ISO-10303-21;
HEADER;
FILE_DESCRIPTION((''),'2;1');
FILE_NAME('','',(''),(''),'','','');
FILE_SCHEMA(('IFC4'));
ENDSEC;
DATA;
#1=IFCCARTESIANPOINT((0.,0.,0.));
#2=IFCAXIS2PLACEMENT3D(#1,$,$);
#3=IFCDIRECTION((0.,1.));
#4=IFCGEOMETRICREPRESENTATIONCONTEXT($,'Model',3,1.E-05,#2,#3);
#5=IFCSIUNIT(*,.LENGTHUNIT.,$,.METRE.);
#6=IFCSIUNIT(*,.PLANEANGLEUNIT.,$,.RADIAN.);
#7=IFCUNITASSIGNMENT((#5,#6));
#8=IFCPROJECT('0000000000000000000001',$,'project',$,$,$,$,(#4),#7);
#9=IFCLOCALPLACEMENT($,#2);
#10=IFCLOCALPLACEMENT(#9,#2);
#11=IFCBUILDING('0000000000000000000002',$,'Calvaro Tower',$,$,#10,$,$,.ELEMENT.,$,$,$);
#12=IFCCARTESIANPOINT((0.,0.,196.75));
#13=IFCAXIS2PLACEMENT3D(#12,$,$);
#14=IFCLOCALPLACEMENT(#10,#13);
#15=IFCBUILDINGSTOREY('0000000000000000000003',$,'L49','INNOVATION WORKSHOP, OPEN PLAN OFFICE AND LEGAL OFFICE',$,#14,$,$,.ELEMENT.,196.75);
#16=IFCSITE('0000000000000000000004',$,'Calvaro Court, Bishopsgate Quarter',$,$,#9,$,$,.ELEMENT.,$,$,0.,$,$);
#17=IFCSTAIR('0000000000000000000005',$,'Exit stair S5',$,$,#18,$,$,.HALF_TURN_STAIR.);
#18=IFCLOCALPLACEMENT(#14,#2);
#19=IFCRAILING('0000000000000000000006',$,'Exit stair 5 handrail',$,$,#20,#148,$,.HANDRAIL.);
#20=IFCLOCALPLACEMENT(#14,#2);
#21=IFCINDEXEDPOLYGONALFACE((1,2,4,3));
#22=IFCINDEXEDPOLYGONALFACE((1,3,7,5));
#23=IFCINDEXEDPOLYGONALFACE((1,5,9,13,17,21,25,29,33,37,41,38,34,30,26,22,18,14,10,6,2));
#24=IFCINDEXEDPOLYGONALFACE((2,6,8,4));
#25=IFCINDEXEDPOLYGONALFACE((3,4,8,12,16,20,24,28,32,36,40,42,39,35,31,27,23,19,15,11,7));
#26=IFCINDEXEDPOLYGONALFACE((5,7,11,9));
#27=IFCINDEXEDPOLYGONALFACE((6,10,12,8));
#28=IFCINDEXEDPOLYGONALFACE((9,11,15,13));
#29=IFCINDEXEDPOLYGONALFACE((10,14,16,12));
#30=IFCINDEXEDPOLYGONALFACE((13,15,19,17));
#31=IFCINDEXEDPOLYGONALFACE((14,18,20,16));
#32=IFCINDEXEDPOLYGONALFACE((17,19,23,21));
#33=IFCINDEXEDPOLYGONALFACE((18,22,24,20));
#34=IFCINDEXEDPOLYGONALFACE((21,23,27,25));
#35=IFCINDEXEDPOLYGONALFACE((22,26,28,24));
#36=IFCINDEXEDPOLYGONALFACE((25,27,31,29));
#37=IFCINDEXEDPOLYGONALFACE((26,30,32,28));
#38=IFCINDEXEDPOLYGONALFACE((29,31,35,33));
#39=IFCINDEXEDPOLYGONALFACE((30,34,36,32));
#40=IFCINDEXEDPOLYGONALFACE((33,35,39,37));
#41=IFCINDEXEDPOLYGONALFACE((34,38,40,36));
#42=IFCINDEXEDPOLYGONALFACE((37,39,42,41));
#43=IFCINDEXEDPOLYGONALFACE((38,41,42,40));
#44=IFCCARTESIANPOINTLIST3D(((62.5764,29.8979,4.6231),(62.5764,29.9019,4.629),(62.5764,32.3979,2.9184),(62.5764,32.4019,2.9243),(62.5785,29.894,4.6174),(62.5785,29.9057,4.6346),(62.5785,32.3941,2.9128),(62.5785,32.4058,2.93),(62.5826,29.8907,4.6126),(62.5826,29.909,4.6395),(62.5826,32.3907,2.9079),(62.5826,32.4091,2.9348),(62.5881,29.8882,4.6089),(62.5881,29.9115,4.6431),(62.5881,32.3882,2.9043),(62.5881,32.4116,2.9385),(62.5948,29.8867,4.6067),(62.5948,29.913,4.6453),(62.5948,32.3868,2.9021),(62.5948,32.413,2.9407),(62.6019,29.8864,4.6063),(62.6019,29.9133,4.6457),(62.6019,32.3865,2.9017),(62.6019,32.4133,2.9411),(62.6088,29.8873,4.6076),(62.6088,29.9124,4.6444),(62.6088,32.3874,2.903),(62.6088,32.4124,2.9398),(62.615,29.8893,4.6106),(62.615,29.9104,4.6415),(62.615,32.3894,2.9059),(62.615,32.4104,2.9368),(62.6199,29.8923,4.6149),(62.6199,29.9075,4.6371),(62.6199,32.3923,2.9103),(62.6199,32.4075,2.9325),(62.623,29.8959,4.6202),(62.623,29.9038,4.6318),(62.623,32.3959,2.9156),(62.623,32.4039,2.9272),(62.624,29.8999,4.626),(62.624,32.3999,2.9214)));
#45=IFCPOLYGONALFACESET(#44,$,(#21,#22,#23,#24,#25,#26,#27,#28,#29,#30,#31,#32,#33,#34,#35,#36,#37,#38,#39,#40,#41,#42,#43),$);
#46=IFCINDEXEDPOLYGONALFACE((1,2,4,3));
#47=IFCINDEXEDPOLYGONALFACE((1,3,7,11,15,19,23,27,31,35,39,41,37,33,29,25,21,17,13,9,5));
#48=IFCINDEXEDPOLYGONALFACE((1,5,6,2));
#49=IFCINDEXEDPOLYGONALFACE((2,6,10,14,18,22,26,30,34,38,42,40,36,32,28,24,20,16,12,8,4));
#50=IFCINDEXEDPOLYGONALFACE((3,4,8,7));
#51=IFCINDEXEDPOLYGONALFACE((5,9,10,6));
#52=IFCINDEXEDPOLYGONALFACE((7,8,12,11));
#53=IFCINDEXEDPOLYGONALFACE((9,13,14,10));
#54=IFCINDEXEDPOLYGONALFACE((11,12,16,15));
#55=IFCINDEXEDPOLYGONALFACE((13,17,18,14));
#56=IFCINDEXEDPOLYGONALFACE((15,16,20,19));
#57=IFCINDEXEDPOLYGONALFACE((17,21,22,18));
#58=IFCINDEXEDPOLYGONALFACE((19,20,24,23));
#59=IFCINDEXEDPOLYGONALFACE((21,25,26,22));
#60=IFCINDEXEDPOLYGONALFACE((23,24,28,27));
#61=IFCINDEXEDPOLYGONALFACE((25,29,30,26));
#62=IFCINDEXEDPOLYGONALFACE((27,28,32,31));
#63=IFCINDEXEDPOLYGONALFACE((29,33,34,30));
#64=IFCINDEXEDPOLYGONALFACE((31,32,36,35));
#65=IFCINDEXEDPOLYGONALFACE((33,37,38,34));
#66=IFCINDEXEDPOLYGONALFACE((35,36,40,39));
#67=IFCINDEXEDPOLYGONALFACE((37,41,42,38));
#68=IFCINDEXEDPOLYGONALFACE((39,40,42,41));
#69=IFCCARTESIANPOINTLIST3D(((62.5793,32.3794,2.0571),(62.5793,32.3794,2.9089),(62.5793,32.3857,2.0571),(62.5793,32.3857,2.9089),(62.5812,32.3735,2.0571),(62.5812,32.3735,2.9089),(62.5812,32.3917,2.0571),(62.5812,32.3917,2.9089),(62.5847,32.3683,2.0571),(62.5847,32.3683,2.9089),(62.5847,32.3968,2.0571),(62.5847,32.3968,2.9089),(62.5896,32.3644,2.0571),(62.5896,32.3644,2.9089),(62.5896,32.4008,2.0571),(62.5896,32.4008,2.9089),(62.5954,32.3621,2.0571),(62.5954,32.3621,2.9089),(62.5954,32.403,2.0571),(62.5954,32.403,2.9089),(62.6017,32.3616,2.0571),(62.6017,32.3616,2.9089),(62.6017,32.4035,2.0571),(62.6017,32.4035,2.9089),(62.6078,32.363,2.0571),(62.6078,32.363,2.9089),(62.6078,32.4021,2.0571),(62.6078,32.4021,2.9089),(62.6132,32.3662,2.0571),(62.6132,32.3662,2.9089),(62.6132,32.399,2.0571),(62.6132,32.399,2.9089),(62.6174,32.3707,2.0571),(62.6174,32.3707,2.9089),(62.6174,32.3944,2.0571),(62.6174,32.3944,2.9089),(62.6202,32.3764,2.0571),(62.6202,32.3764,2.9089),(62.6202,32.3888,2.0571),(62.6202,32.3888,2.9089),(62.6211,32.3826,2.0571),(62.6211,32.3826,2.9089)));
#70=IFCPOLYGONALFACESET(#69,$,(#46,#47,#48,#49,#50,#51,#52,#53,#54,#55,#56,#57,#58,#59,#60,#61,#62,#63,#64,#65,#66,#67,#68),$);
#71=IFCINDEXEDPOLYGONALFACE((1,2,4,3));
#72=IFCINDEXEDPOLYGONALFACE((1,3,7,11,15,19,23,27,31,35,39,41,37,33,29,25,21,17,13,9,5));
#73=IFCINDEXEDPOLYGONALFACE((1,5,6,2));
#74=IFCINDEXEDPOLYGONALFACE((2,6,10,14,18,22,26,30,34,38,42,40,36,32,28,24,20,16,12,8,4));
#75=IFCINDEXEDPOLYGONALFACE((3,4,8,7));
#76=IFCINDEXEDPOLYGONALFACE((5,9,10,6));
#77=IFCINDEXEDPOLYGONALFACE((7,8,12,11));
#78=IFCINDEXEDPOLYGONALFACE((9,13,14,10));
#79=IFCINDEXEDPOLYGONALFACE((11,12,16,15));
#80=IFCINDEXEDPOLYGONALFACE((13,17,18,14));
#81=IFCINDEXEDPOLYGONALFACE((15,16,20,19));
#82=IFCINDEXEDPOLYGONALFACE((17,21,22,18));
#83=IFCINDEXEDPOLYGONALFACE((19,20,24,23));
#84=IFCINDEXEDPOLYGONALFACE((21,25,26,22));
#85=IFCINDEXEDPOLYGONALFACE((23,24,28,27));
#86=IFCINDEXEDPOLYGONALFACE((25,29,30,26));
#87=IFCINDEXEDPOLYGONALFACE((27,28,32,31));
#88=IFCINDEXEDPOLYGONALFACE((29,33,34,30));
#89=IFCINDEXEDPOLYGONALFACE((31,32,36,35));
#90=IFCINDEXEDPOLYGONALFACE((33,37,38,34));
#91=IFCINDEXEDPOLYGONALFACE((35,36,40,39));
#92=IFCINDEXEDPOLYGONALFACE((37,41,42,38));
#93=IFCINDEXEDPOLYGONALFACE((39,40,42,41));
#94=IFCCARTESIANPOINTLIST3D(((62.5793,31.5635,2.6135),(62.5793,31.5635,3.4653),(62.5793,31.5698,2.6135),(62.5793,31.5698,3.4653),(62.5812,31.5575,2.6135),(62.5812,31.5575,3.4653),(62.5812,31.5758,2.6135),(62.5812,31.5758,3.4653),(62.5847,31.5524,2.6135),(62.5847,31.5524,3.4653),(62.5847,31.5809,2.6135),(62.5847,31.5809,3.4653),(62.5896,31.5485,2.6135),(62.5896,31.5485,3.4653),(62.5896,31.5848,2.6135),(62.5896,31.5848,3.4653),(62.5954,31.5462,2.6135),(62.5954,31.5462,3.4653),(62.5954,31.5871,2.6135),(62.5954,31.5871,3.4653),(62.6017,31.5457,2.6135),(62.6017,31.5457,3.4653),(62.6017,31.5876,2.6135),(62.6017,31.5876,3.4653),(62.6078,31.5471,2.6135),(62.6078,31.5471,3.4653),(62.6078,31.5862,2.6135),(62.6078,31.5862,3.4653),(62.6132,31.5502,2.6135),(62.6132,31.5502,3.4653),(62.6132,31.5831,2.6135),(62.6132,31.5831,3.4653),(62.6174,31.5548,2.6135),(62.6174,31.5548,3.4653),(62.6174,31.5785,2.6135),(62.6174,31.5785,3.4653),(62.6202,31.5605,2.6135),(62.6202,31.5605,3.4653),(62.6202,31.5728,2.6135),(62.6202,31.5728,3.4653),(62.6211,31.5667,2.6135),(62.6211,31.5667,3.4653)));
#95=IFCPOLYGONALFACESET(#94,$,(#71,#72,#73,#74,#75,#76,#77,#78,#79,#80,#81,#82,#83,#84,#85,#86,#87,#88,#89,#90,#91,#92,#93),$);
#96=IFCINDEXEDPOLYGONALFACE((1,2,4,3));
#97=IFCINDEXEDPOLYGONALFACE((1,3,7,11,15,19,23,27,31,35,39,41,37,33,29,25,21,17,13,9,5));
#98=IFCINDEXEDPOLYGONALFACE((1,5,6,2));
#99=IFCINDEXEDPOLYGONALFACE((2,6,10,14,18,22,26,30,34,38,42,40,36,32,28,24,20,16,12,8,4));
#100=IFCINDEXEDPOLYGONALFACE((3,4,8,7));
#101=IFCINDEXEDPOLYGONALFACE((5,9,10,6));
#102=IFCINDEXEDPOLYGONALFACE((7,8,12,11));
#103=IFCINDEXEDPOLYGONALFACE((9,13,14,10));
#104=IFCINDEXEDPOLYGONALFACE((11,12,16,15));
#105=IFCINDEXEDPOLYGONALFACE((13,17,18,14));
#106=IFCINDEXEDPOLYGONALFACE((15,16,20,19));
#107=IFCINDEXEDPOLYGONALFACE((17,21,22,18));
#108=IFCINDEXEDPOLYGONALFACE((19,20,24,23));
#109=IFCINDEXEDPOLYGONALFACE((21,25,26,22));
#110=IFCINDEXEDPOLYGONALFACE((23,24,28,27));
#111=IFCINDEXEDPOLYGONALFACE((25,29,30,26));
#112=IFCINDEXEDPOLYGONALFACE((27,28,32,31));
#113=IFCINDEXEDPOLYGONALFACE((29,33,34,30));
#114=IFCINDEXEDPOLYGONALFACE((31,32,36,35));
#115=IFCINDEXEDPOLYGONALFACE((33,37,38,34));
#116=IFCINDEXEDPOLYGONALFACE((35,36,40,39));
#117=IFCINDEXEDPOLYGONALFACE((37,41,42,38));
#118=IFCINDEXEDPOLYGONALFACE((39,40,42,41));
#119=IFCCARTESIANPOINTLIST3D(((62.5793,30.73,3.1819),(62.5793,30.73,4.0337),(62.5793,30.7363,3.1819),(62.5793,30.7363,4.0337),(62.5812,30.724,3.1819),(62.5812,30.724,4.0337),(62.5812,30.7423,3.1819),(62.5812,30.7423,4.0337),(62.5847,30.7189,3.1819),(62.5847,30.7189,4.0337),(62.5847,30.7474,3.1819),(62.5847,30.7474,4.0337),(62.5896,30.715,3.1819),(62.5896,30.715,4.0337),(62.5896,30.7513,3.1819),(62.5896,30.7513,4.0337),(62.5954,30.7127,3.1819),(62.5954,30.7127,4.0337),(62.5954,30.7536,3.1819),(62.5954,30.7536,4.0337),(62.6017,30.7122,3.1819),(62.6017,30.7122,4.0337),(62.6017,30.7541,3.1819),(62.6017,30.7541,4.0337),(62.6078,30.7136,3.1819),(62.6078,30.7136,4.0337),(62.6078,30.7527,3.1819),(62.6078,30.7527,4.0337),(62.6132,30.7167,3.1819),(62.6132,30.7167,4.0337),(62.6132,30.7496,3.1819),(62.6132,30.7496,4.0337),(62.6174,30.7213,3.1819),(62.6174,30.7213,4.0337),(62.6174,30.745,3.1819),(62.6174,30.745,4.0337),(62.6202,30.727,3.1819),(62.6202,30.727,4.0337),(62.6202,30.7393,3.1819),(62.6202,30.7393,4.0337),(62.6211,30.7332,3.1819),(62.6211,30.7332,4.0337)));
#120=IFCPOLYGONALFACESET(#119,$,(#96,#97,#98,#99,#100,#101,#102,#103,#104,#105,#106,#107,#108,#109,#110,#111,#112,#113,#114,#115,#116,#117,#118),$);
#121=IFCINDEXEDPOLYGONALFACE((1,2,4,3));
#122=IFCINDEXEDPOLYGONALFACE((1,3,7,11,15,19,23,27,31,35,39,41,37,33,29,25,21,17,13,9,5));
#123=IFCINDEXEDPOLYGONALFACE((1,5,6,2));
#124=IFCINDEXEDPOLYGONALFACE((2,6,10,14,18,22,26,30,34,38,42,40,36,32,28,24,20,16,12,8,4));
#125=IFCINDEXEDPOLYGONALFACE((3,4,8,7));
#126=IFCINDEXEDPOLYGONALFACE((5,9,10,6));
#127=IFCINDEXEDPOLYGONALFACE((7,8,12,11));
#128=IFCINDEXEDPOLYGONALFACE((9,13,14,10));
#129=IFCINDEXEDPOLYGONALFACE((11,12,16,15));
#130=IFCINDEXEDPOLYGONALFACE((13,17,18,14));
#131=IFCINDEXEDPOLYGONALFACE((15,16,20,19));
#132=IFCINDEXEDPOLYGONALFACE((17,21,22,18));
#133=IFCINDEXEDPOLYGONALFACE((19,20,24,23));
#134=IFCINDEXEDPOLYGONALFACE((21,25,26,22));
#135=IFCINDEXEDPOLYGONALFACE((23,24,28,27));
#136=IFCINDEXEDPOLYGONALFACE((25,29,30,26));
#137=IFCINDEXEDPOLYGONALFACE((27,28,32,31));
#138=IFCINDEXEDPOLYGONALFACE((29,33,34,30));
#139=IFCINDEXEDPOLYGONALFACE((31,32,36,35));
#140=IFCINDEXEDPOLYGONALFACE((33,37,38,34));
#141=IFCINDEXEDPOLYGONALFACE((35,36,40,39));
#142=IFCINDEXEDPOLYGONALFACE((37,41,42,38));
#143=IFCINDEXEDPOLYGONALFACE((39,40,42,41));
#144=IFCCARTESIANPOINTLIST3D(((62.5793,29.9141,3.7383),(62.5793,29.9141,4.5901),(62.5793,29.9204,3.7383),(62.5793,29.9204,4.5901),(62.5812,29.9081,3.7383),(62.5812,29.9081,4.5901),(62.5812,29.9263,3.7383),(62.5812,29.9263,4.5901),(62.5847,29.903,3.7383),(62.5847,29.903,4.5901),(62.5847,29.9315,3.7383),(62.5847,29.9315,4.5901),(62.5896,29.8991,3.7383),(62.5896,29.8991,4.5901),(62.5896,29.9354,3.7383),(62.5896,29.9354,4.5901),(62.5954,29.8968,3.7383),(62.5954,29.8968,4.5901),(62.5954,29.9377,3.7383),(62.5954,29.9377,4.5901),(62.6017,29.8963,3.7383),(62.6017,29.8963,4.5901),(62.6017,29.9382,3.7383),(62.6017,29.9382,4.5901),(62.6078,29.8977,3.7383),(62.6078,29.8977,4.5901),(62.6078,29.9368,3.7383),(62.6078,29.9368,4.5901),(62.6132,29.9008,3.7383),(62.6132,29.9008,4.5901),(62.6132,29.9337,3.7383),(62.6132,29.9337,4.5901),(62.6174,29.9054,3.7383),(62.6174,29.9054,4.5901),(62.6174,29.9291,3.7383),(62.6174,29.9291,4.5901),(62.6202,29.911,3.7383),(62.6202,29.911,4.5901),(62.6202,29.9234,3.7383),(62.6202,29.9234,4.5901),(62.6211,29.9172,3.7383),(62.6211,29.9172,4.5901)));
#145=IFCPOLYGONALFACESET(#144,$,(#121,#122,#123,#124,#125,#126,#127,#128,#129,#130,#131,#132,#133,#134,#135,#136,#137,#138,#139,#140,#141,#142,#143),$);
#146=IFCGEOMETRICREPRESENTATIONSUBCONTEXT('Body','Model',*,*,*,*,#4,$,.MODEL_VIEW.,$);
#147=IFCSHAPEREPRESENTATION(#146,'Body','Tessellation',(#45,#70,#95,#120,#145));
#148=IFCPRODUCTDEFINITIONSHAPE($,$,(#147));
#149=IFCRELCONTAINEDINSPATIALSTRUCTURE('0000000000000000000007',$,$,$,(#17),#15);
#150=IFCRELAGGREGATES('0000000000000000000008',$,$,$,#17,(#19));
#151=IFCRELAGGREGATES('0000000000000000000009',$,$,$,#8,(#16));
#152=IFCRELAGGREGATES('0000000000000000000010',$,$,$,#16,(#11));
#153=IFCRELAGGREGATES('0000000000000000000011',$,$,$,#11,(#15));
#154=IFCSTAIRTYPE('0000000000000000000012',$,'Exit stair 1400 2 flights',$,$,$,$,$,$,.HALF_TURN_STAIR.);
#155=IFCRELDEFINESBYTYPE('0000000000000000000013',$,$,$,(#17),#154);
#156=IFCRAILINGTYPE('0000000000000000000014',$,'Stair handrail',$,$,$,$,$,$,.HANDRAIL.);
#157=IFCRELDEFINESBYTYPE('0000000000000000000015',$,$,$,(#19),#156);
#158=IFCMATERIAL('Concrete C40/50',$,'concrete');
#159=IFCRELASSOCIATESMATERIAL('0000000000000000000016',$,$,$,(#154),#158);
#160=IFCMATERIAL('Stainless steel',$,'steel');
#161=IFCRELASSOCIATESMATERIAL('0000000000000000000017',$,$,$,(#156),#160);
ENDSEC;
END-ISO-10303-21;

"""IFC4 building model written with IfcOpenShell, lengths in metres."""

from ifc_helpers import new_model, si_unit, direction, frame, origin, origin_2d, place, context, subcontext, project, spatial, circle, extrude, material, type_object, element, aggregate, save


model = new_model("IFC4")

# Units and contexts
model_context = context("Model", 3, precision=1e-05, world=origin(), true_north=direction((0.0, 1.0)))
body_context = subcontext(model_context, "Body", "Model", "MODEL_VIEW")
ifc_project = project(units=[si_unit("LENGTHUNIT", "METRE"), si_unit("PLANEANGLEUNIT", "RADIAN")], contexts=[model_context])

# Site, building, storey
site_placement = place(None, origin())
site = spatial("IfcSite", under=ifc_project, at=site_placement, Name="Calvaro Court, Bishopsgate Quarter", CompositionType="ELEMENT", RefElevation=0.0)
building_placement = place(site_placement, origin())
building = spatial("IfcBuilding", under=site, at=building_placement, Name="Calvaro Tower", CompositionType="ELEMENT")
storey_placement = place(building_placement, frame((0.0, 0.0, 196.75)))
storey = spatial("IfcBuildingStorey", under=building, at=storey_placement, Name="L49", Description="INNOVATION WORKSHOP, OPEN PLAN OFFICE AND LEGAL OFFICE", CompositionType="ELEMENT", Elevation=196.75)

# Stair, railing
ifc_material_1 = material(Name="Concrete C40/50", Category="concrete")
stair_type = type_object("IfcStairType", Name="Exit stair 1400 2 flights", PredefinedType="HALF_TURN_STAIR", material=ifc_material_1)
stair_placement = place(storey_placement, origin())
stair = element("IfcStair", 1, at=stair_placement, inside=storey, type_object=stair_type, Name="Exit stair S5", PredefinedType="HALF_TURN_STAIR")
ifc_material_2 = material(Name="Stainless steel", Category="steel")
railing_type = type_object("IfcRailingType", Name="Stair handrail", PredefinedType="HANDRAIL", material=ifc_material_2)
railing_1_placement = place(storey_placement, frame((62.6001, 32.3999, 2.0454)))
railing_1 = element("IfcRailing", 2, at=railing_1_placement, type_object=railing_type, Name="Exit stair 5 handrail", PredefinedType="HANDRAIL", context=body_context, shape_type="SweptSolid", body=[
    extrude(circle(Radius=0.0239, at=origin_2d()), frame((0.0, 0.0, 0.876), z_axis=(0.0, -0.826221, 0.563347), x_axis=(1.0, 0.0, 0.0)), (0.0, 0.0, 1.0), 3.0259),
    extrude(circle(Radius=0.021, at=origin_2d()), frame((0.0, -0.0173, 0.0117)), (0.0, 0.0, 1.0), 0.8518),
    extrude(circle(Radius=0.021, at=origin_2d()), frame((0.0, -0.8333, 0.5681)), (0.0, 0.0, 1.0), 0.8518),
    extrude(circle(Radius=0.021, at=origin_2d()), frame((0.0, -1.6667, 1.1365)), (0.0, 0.0, 1.0), 0.8518),
    extrude(circle(Radius=0.021, at=origin_2d()), frame((0.0, -2.4827, 1.6929)), (0.0, 0.0, 1.0), 0.8518),
])
aggregate(stair, [railing_1])

save(model, "model.ifc")
